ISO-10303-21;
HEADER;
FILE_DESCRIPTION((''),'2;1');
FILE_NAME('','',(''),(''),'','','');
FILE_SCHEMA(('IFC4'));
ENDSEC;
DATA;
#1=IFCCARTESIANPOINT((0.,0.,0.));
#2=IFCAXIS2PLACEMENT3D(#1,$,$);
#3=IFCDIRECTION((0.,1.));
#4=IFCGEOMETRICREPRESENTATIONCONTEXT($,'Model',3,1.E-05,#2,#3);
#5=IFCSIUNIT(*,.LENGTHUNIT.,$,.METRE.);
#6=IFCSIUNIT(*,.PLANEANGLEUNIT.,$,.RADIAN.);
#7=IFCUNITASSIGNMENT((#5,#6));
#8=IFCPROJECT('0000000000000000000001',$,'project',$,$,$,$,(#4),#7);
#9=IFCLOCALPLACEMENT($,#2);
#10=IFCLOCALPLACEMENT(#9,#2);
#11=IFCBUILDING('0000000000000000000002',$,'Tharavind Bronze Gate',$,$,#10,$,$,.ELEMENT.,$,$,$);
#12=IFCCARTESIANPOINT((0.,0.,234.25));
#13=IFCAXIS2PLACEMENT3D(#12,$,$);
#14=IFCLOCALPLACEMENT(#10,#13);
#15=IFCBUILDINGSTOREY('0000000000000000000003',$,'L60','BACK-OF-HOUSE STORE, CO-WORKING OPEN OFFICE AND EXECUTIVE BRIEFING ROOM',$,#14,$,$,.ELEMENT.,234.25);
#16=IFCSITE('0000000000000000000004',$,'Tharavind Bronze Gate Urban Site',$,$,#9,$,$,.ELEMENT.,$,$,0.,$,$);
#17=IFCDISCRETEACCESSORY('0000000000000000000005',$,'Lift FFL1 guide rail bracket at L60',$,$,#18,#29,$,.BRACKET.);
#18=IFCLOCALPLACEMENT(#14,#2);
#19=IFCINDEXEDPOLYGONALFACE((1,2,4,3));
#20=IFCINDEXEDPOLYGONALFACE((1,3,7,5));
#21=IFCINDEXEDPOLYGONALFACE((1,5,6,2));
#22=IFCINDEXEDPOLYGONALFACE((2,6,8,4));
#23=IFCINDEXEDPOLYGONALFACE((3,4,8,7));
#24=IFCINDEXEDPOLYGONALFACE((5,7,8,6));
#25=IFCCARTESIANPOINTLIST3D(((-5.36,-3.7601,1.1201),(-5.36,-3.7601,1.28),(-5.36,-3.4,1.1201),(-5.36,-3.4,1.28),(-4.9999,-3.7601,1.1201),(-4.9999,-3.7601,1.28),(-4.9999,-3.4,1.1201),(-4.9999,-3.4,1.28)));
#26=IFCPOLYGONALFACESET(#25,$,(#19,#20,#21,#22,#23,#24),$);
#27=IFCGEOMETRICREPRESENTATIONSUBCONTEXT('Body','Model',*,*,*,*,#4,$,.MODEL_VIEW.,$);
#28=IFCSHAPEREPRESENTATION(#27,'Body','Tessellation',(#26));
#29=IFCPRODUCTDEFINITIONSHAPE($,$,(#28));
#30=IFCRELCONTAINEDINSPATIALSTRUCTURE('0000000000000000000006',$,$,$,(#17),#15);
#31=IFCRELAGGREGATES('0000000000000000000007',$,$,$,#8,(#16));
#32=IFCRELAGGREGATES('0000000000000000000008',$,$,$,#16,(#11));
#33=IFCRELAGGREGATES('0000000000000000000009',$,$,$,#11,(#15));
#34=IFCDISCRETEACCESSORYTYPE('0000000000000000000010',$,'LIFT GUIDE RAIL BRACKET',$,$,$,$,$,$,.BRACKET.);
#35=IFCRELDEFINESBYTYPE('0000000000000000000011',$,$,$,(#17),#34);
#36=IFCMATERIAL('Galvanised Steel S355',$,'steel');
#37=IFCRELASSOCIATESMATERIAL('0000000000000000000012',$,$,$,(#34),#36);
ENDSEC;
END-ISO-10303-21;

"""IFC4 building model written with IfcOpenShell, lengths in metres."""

from ifc_helpers import new_model, si_unit, direction, frame, origin, origin_2d, place, context, subcontext, project, spatial, rectangle, extrude, material, type_object, element, save


model = new_model("IFC4")

# Units and contexts
model_context = context("Model", 3, precision=1e-05, world=origin(), true_north=direction((0.0, 1.0)))
body_context = subcontext(model_context, "Body", "Model", "MODEL_VIEW")
ifc_project = project(units=[si_unit("LENGTHUNIT", "METRE"), si_unit("PLANEANGLEUNIT", "RADIAN")], contexts=[model_context])

# Site, building, storey
site_placement = place(None, origin())
site = spatial("IfcSite", under=ifc_project, at=site_placement, Name="Tharavind Bronze Gate Urban Site", CompositionType="ELEMENT", RefElevation=0.0)
building_placement = place(site_placement, origin())
building = spatial("IfcBuilding", under=site, at=building_placement, Name="Tharavind Bronze Gate", CompositionType="ELEMENT")
storey_placement = place(building_placement, frame((0.0, 0.0, 234.25)))
storey = spatial("IfcBuildingStorey", under=building, at=storey_placement, Name="L60", Description="BACK-OF-HOUSE STORE, CO-WORKING OPEN OFFICE AND EXECUTIVE BRIEFING ROOM", CompositionType="ELEMENT", Elevation=234.25)

# Discrete accessory
ifc_material_1 = material(Name="Galvanised Steel S355", Category="steel")
discrete_accessory_type = type_object("IfcDiscreteAccessoryType", Name="LIFT GUIDE RAIL BRACKET", PredefinedType="BRACKET", material=ifc_material_1)
discrete_accessory_placement = place(storey_placement, frame((-5.1799, -3.5801, 1.1201), z_axis=(0.0, 0.0, 1.0), x_axis=(1.0, 0.0, 0.0)))
element("IfcDiscreteAccessory", 1, at=discrete_accessory_placement, inside=storey, type_object=discrete_accessory_type, Name="Lift FFL1 guide rail bracket at L60", PredefinedType="BRACKET", context=body_context, shape_type="SweptSolid", body=[
    extrude(rectangle(XDim=0.3601, YDim=0.3601, at=origin_2d()), origin(), (0.0, 0.0, 1.0), 0.1599),
])

save(model, "model.ifc")
